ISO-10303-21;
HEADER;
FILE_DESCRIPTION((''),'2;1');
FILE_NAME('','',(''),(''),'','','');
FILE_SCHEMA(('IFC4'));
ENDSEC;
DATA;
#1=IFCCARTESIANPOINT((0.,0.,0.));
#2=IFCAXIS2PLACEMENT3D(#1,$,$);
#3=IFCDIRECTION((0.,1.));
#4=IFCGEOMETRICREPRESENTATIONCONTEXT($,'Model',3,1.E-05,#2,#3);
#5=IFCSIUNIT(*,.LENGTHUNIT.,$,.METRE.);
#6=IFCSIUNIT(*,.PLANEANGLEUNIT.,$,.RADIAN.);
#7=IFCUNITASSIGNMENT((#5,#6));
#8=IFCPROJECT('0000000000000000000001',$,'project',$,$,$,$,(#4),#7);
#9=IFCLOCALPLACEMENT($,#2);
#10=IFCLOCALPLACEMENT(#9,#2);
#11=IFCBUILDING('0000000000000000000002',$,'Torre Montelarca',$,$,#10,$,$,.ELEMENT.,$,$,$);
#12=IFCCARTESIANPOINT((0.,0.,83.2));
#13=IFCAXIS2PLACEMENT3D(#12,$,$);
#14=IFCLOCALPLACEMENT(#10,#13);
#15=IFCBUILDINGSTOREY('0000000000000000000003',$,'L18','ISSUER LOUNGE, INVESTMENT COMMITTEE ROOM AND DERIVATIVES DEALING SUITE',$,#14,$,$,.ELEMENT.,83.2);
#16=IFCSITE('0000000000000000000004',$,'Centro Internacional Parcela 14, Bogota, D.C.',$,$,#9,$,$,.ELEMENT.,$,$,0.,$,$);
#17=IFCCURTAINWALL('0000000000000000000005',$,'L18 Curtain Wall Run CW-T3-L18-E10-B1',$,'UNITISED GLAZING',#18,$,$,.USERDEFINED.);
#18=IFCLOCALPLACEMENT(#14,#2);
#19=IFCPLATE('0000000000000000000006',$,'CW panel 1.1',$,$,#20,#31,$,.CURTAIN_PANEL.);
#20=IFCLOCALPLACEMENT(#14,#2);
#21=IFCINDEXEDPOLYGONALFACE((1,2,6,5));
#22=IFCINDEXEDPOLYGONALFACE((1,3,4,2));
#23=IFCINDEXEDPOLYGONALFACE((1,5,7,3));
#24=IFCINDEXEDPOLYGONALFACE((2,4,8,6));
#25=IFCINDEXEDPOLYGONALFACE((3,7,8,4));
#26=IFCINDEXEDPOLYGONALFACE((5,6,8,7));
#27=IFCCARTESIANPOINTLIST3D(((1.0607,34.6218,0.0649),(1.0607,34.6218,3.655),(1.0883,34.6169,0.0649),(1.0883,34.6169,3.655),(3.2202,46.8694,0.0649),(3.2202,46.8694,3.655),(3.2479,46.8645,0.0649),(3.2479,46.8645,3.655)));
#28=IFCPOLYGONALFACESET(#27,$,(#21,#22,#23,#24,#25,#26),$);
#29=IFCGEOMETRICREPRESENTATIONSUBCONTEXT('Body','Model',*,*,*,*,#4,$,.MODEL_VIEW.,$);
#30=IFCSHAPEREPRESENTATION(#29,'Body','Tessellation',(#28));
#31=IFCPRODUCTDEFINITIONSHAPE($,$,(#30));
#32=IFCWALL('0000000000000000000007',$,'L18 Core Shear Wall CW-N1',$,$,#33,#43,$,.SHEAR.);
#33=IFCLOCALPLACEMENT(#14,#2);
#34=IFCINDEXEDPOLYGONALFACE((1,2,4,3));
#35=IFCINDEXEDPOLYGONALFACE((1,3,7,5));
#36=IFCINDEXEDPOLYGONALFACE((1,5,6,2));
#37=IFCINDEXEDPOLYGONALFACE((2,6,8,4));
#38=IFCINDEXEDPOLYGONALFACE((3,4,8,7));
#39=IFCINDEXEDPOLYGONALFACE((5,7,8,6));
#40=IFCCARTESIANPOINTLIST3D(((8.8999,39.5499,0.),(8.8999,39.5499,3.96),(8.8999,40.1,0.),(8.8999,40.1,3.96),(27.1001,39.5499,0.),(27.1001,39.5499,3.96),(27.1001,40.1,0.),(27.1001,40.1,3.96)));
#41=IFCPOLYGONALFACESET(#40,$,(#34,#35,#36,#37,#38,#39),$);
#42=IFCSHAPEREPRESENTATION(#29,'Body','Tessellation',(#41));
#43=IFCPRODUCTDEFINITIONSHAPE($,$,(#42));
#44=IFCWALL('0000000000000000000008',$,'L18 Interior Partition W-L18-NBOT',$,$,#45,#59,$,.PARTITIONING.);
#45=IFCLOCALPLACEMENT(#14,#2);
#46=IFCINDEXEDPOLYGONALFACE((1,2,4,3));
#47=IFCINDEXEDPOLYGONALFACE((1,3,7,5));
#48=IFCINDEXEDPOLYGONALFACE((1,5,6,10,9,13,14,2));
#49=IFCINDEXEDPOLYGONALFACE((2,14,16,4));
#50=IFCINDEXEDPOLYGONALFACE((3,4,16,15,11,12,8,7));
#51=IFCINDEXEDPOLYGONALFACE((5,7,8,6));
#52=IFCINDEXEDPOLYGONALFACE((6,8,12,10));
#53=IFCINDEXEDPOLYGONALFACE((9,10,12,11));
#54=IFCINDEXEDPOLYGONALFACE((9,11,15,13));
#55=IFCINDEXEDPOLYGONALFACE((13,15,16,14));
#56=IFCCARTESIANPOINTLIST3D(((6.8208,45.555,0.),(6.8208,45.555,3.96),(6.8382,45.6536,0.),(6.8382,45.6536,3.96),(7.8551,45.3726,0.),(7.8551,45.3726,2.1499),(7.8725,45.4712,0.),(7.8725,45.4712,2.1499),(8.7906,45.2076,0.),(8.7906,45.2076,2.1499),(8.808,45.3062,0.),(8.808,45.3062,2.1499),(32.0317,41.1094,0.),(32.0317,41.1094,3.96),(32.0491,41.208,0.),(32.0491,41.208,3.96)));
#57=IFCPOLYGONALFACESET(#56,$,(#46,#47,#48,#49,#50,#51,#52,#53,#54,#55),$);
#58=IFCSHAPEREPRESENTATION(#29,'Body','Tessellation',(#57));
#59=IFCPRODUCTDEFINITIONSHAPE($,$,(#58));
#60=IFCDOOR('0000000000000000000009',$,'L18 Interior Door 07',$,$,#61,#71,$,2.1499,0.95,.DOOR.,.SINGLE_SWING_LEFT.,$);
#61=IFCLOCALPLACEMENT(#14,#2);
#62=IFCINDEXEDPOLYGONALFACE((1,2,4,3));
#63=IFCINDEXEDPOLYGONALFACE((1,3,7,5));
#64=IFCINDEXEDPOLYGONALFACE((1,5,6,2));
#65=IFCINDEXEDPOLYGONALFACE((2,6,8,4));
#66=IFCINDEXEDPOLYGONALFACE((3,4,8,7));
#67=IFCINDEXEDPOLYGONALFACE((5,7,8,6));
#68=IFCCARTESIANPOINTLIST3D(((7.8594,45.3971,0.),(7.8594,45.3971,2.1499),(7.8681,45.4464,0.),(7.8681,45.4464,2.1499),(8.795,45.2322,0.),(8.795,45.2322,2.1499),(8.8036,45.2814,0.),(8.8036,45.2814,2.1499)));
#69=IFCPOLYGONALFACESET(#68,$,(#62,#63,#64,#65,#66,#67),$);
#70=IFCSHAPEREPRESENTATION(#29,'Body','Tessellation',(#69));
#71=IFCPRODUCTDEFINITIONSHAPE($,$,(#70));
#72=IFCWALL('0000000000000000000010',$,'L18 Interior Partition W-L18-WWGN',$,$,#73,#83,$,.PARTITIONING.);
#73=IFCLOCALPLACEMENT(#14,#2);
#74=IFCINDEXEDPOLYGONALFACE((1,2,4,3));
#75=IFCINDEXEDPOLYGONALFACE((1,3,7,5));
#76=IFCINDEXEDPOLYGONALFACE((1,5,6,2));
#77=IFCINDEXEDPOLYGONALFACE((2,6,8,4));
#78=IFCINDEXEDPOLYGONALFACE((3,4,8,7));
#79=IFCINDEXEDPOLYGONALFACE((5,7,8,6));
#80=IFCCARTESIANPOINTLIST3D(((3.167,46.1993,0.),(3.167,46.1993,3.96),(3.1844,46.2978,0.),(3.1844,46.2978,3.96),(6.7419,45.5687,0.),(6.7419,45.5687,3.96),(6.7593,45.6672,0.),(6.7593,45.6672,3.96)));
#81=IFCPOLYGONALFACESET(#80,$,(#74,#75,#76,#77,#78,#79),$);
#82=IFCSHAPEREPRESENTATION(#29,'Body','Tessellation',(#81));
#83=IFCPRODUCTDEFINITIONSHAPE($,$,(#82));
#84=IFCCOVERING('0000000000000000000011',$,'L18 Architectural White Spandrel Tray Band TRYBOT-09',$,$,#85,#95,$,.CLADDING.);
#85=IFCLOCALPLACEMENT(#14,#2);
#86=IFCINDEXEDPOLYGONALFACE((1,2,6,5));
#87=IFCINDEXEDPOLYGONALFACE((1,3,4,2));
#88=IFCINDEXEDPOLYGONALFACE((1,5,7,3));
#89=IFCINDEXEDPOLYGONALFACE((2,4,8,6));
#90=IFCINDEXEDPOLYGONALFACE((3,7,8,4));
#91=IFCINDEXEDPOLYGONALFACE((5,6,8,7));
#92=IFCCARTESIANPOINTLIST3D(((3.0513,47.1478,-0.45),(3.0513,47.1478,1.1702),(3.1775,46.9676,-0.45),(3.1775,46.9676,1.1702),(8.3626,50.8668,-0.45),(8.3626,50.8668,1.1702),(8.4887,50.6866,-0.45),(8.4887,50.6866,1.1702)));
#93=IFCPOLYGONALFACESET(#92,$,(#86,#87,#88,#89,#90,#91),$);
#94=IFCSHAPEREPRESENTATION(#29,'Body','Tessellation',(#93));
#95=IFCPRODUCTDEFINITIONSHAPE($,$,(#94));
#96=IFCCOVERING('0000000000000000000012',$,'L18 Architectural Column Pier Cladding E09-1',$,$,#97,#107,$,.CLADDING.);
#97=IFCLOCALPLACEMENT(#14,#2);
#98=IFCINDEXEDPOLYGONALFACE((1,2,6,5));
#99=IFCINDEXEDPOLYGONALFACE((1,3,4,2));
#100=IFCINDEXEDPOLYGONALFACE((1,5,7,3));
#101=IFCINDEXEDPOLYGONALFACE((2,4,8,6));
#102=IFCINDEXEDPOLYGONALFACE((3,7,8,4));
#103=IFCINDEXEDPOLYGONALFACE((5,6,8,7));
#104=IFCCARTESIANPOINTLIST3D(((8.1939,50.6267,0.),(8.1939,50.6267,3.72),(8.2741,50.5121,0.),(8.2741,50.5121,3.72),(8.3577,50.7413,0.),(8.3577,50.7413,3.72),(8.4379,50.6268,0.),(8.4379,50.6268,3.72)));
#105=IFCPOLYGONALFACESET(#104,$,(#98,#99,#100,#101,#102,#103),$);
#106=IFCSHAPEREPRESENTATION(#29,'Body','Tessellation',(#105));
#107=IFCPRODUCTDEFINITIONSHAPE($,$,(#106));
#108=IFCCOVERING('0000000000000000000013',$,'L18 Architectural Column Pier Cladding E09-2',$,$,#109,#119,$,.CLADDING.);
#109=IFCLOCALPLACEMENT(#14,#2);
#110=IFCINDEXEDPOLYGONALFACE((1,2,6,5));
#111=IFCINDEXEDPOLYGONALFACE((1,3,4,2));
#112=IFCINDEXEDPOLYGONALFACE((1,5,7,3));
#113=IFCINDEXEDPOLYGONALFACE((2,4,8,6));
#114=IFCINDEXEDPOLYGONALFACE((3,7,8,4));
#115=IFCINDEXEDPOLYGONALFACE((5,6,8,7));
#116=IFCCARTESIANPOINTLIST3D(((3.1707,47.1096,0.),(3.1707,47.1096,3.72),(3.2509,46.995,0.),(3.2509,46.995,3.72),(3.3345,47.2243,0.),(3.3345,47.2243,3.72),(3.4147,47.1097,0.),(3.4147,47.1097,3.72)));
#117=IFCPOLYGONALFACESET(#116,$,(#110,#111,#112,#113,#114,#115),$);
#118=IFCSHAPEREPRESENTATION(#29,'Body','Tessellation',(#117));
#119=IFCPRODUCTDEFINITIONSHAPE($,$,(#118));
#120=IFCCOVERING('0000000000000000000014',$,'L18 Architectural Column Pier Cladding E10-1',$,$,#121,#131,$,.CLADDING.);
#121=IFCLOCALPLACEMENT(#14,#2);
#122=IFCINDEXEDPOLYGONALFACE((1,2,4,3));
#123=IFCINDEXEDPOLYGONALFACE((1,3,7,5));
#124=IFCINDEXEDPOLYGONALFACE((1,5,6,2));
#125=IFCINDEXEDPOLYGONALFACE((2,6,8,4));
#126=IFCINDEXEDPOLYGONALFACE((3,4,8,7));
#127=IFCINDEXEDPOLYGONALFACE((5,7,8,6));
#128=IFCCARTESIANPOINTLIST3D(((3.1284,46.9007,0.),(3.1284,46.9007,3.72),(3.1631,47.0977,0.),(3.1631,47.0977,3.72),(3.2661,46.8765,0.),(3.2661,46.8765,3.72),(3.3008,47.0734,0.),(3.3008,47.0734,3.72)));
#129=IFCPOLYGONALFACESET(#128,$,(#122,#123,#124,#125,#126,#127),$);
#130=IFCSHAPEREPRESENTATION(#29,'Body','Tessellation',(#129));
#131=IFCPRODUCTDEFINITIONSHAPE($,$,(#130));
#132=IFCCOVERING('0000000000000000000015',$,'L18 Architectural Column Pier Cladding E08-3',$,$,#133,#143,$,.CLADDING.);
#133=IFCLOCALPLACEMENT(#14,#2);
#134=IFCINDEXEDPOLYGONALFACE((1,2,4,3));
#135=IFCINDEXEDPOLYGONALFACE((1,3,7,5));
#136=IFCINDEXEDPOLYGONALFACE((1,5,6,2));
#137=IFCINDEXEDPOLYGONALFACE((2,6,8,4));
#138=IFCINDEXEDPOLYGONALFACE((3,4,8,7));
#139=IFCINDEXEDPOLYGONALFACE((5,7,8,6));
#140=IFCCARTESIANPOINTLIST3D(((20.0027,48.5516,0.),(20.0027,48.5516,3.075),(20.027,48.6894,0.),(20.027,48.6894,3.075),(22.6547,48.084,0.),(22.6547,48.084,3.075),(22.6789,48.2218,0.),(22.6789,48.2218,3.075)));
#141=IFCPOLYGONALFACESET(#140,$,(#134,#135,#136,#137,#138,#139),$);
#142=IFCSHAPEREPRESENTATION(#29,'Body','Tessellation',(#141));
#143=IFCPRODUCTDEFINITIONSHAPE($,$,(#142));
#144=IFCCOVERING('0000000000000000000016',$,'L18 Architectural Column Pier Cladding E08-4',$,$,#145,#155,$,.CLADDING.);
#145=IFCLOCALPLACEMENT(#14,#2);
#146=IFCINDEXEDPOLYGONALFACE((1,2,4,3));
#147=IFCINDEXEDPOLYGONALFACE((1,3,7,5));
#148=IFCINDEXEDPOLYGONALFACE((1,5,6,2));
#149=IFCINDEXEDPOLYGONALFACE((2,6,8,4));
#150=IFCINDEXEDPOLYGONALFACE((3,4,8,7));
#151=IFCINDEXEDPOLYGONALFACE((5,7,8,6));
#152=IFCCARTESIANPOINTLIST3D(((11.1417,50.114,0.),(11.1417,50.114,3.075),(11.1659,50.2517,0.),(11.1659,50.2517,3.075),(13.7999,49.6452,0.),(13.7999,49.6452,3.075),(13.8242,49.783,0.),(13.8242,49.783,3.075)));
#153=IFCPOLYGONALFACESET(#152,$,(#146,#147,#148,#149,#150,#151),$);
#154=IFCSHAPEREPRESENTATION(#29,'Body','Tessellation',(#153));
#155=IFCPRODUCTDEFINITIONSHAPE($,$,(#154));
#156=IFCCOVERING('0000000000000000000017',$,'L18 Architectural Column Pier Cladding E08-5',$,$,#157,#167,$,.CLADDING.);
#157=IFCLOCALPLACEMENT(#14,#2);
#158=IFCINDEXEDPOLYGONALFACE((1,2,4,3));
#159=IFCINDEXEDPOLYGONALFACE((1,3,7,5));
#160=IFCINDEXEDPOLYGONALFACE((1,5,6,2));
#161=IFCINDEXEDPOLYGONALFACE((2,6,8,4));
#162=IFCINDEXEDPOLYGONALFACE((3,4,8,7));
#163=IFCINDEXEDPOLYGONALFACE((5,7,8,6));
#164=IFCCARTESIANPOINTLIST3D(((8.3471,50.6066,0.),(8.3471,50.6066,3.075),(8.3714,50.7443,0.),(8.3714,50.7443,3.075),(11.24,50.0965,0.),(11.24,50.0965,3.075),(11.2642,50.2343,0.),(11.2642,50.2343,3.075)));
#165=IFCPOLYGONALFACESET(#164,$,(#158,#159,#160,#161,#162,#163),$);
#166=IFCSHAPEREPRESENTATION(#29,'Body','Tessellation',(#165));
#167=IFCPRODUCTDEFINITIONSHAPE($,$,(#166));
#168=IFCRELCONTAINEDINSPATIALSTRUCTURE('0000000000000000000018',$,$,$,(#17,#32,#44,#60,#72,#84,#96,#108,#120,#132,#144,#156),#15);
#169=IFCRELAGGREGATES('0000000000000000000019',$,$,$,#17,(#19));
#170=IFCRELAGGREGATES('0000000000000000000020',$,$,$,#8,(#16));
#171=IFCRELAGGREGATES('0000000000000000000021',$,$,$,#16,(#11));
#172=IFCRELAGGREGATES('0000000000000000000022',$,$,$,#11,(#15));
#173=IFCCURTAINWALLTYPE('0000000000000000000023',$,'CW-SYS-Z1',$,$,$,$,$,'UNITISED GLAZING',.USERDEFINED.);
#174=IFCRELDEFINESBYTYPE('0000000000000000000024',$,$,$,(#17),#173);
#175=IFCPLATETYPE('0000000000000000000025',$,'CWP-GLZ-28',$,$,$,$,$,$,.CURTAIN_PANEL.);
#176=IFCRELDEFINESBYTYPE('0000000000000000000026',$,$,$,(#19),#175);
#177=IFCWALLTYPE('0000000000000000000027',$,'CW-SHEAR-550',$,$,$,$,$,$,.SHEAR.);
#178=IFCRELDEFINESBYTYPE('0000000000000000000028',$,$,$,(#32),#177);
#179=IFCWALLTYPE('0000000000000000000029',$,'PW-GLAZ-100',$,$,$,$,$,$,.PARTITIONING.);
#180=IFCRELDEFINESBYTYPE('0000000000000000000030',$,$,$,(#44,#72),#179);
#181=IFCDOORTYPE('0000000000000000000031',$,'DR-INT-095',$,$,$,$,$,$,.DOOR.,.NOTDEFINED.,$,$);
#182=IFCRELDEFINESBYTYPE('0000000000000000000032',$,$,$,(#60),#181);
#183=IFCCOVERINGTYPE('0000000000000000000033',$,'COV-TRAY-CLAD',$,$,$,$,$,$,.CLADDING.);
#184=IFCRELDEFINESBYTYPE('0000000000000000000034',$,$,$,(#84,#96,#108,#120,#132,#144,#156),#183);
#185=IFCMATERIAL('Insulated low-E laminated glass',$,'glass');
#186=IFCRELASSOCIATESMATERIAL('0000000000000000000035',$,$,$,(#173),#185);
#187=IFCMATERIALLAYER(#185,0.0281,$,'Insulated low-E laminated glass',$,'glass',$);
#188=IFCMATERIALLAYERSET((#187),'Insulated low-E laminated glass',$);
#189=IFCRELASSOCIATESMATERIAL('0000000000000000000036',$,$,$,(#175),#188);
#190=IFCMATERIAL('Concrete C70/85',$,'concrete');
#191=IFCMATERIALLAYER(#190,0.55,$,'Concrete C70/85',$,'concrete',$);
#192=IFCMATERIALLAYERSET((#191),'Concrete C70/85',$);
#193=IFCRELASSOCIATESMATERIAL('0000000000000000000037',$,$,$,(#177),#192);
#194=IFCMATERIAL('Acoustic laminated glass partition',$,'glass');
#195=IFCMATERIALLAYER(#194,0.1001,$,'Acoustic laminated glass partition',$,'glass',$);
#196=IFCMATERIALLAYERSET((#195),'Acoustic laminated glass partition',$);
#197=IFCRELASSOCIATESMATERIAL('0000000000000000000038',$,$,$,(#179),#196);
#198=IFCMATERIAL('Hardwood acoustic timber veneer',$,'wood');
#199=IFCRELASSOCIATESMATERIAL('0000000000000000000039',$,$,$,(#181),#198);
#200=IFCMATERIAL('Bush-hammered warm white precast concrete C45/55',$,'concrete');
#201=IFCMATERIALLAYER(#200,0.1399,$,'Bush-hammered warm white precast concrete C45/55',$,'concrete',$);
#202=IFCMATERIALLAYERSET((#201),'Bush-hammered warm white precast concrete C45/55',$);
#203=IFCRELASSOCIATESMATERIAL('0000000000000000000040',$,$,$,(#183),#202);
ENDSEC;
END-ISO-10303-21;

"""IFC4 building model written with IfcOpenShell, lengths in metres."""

from ifc_helpers import new_model, si_unit, direction, frame, frame_2d, origin, origin_2d, place, context, subcontext, project, spatial, rectangle, extrude, source, transform, mapped, material, layer, layer_set, type_object, element, fill, aggregate, save


model = new_model("IFC4")

# Units and contexts
model_context = context("Model", 3, precision=1e-05, world=origin(), true_north=direction((0.0, 1.0)))
body_context = subcontext(model_context, "Body", "Model", "MODEL_VIEW")
ifc_project = project(units=[si_unit("LENGTHUNIT", "METRE"), si_unit("PLANEANGLEUNIT", "RADIAN")], contexts=[model_context])

# Site, building, storey
site_placement = place(None, origin())
site = spatial("IfcSite", under=ifc_project, at=site_placement, Name="Centro Internacional Parcela 14, Bogota, D.C.", CompositionType="ELEMENT", RefElevation=0.0)
building_placement = place(site_placement, origin())
building = spatial("IfcBuilding", under=site, at=building_placement, Name="Torre Montelarca", CompositionType="ELEMENT")
storey_placement = place(building_placement, frame((0.0, 0.0, 83.2)))
storey = spatial("IfcBuildingStorey", under=building, at=storey_placement, Name="L18", Description="ISSUER LOUNGE, INVESTMENT COMMITTEE ROOM AND DERIVATIVES DEALING SUITE", CompositionType="ELEMENT", Elevation=83.2)

# Shared definitions
ifc_material_1 = material(Name="Concrete C70/85", Category="concrete")

# Curtain wall
ifc_material_2 = material(Name="Insulated low-E laminated glass", Category="glass")
curtain_wall_type = type_object("IfcCurtainWallType", Name="CW-SYS-Z1", ElementType="UNITISED GLAZING", PredefinedType="USERDEFINED", material=ifc_material_2)
curtain_wall_1_placement = place(storey_placement, origin())
curtain_wall_1 = element("IfcCurtainWall", 1, at=curtain_wall_1_placement, inside=storey, type_object=curtain_wall_type, Name="L18 Curtain Wall Run CW-T3-L18-E10-B1", ObjectType="UNITISED GLAZING", PredefinedType="USERDEFINED")

# Plate
ifc_layer_1 = layer(ifc_material_2, 0.0281, Name="Insulated low-E laminated glass", Category="glass")
ifc_layer_set_1 = layer_set([ifc_layer_1], Name="Insulated low-E laminated glass")
plate_type = type_object("IfcPlateType", Name="CWP-GLZ-28", PredefinedType="CURTAIN_PANEL", material=ifc_layer_set_1)
shared_shape_1 = source(origin(), body_context, "Body", "SweptSolid", [
    extrude(rectangle(XDim=12.4365, YDim=0.0281, at=origin_2d()), origin(), (0.0, 0.0, 1.0), 3.5901),
])
plate_1_placement = place(storey_placement, frame((2.1543, 40.7432, 0.0649), z_axis=(0.0, 0.0, 1.0), x_axis=(-0.173646, -0.984808, 0.0)))
plate_1 = element("IfcPlate", 2, at=plate_1_placement, type_object=plate_type, Name="CW panel 1.1", PredefinedType="CURTAIN_PANEL", context=body_context, shape_type="MappedRepresentation", body=[
    mapped(shared_shape_1, transform((0.0, 0.0, 0.0), scale=1.0)),
])
aggregate(curtain_wall_1, [plate_1])

# Wall
ifc_layer_2 = layer(ifc_material_1, 0.55, Name="Concrete C70/85", Category="concrete")
ifc_layer_set_2 = layer_set([ifc_layer_2], Name="Concrete C70/85")
wall_type_1 = type_object("IfcWallType", Name="CW-SHEAR-550", PredefinedType="SHEAR", material=ifc_layer_set_2)
wall_1_placement = place(storey_placement, frame((8.8999, 39.825, 0.0), z_axis=(0.0, 0.0, 1.0), x_axis=(1.0, 0.0, 0.0)))
element("IfcWall", 3, at=wall_1_placement, inside=storey, type_object=wall_type_1, Name="L18 Core Shear Wall CW-N1", PredefinedType="SHEAR", context=body_context, shape_type="SweptSolid", body=[
    extrude(rectangle(XDim=18.2002, YDim=0.55, at=frame_2d((9.1001, 0.0))), origin(), (0.0, 0.0, 1.0), 3.96),
])

# Wall, opening, door
ifc_material_3 = material(Name="Acoustic laminated glass partition", Category="glass")
ifc_layer_3 = layer(ifc_material_3, 0.1001, Name="Acoustic laminated glass partition", Category="glass")
ifc_layer_set_3 = layer_set([ifc_layer_3], Name="Acoustic laminated glass partition")
wall_type_2 = type_object("IfcWallType", Name="PW-GLAZ-100", PredefinedType="PARTITIONING", material=ifc_layer_set_3)
wall_2_placement = place(storey_placement, frame((6.8296, 45.6042, 0.0), z_axis=(0.0, 0.0, 1.0), x_axis=(0.984806, -0.173655, 0.0)))
wall_2 = element("IfcWall", 4, at=wall_2_placement, inside=storey, type_object=wall_type_2, Name="L18 Interior Partition W-L18-NBOT", PredefinedType="PARTITIONING", context=body_context, shape_type="SweptSolid", body=[
    extrude(rectangle(XDim=25.5999, YDim=0.1001, at=frame_2d((12.7998, 0.0))), origin(), (0.0, 0.0, 1.0), 3.96),
])
opening_placement = place(wall_2_placement, frame((1.05, 0.0, 0.0)))
opening = element("IfcOpeningElement", 5, at=opening_placement, cuts=wall_2, PredefinedType="OPENING", context=body_context, shape_type="SweptSolid", body=[
    extrude(rectangle(XDim=0.95, YDim=2.1499, at=frame_2d((0.4751, 1.075))), frame((0.0, 0.0601, 0.0), z_axis=(0.0, -1.0, 0.0), x_axis=(1.0, 0.0, 0.0)), (0.0, 0.0, 1.0), 0.1201),
])
ifc_material_4 = material(Name="Hardwood acoustic timber veneer", Category="wood")
door_type = type_object("IfcDoorType", Name="DR-INT-095", OperationType="NOTDEFINED", PredefinedType="DOOR", material=ifc_material_4)
shared_shape_2 = source(origin(), body_context, "Body", "SweptSolid", [
    extrude(rectangle(XDim=0.95, YDim=2.1499, at=frame_2d((0.4751, 1.075))), frame((0.0, 0.0249, 0.0), z_axis=(0.0, -1.0, 0.0), x_axis=(1.0, 0.0, 0.0)), (0.0, 0.0, 1.0), 0.05),
])
door_placement = place(opening_placement, origin())
door = element("IfcDoor", 6, at=door_placement, inside=storey, type_object=door_type, Name="L18 Interior Door 07", OperationType="SINGLE_SWING_LEFT", OverallHeight=2.1499, OverallWidth=0.95, PredefinedType="DOOR", context=body_context, shape_type="MappedRepresentation", body=[
    mapped(shared_shape_2, transform((0.0, 0.0, 0.0), scale=1.0)),
])
fill(opening, door)

# Wall
wall_3_placement = place(storey_placement, frame((3.1758, 46.2485, 0.0), z_axis=(0.0, 0.0, 1.0), x_axis=(0.984796, -0.173716, 0.0)))
element("IfcWall", 7, at=wall_3_placement, inside=storey, type_object=wall_type_2, Name="L18 Interior Partition W-L18-WWGN", PredefinedType="PARTITIONING", context=body_context, shape_type="SweptSolid", body=[
    extrude(rectangle(XDim=3.6301, YDim=0.1001, at=frame_2d((1.8149, 0.0))), origin(), (0.0, 0.0, 1.0), 3.96),
])

# Coverings
ifc_material_5 = material(Name="Bush-hammered warm white precast concrete C45/55", Category="concrete")
ifc_layer_4 = layer(ifc_material_5, 0.1399, Name="Bush-hammered warm white precast concrete C45/55", Category="concrete")
ifc_layer_set_4 = layer_set([ifc_layer_4], Name="Bush-hammered warm white precast concrete C45/55")
covering_type = type_object("IfcCoveringType", Name="COV-TRAY-CLAD", PredefinedType="CLADDING", material=ifc_layer_set_4)
shared_shape_3 = source(origin(), body_context, "Body", "SweptSolid", [
    extrude(rectangle(XDim=6.4839, YDim=0.22, at=origin_2d()), origin(), (0.0, 0.0, 1.0), 1.6201),
])
covering_1_placement = place(storey_placement, frame((5.77, 48.9172, -0.45), z_axis=(0.0, 0.0, 1.0), x_axis=(-0.819151, -0.573578, 0.0)))
element("IfcCovering", 8, at=covering_1_placement, inside=storey, type_object=covering_type, Name="L18 Architectural White Spandrel Tray Band TRYBOT-09", PredefinedType="CLADDING", context=body_context, shape_type="MappedRepresentation", body=[
    mapped(shared_shape_3, transform((0.0, 0.0, 0.0), scale=1.0)),
])
shared_shape_4 = source(origin(), body_context, "Body", "SweptSolid", [
    extrude(rectangle(XDim=0.2, YDim=0.1399, at=origin_2d()), origin(), (0.0, 0.0, 1.0), 3.72),
])
for number, where, z_axis, x_axis, name in (
    (9, (8.3159, 50.6267, 0.0), (0.0, 0.0, 1.0), (-0.819159, -0.573566, 0.0), "L18 Architectural Column Pier Cladding E09-1"),
    (10, (3.2927, 47.1096, 0.0), (0.0, 0.0, 1.0), (-0.819159, -0.573566, 0.0), "L18 Architectural Column Pier Cladding E09-2"),
    (11, (3.2146, 46.9871, 0.0), (0.0, 0.0, 1.0), (-0.173648, -0.984808, 0.0), "L18 Architectural Column Pier Cladding E10-1"),
):
    element("IfcCovering", number, at=place(storey_placement, frame(where, z_axis=z_axis, x_axis=x_axis)), inside=storey, type_object=covering_type, Name=name, PredefinedType="CLADDING", context=body_context, shape_type="MappedRepresentation", body=[
        mapped(shared_shape_4, transform((0.0, 0.0, 0.0), scale=1.0)),
    ])
shared_shape_5 = source(origin(), body_context, "Body", "SweptSolid", [
    extrude(rectangle(XDim=2.6929, YDim=0.1399, at=origin_2d()), origin(), (0.0, 0.0, 1.0), 3.075),
])
covering_2_placement = place(storey_placement, frame((21.3408, 48.3867, 0.0), z_axis=(0.0, 0.0, 1.0), x_axis=(-0.984808, 0.173646, 0.0)))
element("IfcCovering", 12, at=covering_2_placement, inside=storey, type_object=covering_type, Name="L18 Architectural Column Pier Cladding E08-3", PredefinedType="CLADDING", context=body_context, shape_type="MappedRepresentation", body=[
    mapped(shared_shape_5, transform((0.0, 0.0, 0.0), scale=1.0)),
])
shared_shape_6 = source(origin(), body_context, "Body", "SweptSolid", [
    extrude(rectangle(XDim=2.6992, YDim=0.1399, at=origin_2d()), origin(), (0.0, 0.0, 1.0), 3.075),
])
covering_3_placement = place(storey_placement, frame((12.4829, 49.9485, 0.0), z_axis=(0.0, 0.0, 1.0), x_axis=(-0.984808, 0.173646, 0.0)))
element("IfcCovering", 13, at=covering_3_placement, inside=storey, type_object=covering_type, Name="L18 Architectural Column Pier Cladding E08-4", PredefinedType="CLADDING", context=body_context, shape_type="MappedRepresentation", body=[
    mapped(shared_shape_6, transform((0.0, 0.0, 0.0), scale=1.0)),
])
shared_shape_7 = source(origin(), body_context, "Body", "SweptSolid", [
    extrude(rectangle(XDim=2.9375, YDim=0.1399, at=origin_2d()), origin(), (0.0, 0.0, 1.0), 3.075),
])
covering_4_placement = place(storey_placement, frame((9.8057, 50.4204, 0.0), z_axis=(0.0, 0.0, 1.0), x_axis=(-0.984808, 0.173646, 0.0)))
element("IfcCovering", 14, at=covering_4_placement, inside=storey, type_object=covering_type, Name="L18 Architectural Column Pier Cladding E08-5", PredefinedType="CLADDING", context=body_context, shape_type="MappedRepresentation", body=[
    mapped(shared_shape_7, transform((0.0, 0.0, 0.0), scale=1.0)),
])

save(model, "model.ifc")
